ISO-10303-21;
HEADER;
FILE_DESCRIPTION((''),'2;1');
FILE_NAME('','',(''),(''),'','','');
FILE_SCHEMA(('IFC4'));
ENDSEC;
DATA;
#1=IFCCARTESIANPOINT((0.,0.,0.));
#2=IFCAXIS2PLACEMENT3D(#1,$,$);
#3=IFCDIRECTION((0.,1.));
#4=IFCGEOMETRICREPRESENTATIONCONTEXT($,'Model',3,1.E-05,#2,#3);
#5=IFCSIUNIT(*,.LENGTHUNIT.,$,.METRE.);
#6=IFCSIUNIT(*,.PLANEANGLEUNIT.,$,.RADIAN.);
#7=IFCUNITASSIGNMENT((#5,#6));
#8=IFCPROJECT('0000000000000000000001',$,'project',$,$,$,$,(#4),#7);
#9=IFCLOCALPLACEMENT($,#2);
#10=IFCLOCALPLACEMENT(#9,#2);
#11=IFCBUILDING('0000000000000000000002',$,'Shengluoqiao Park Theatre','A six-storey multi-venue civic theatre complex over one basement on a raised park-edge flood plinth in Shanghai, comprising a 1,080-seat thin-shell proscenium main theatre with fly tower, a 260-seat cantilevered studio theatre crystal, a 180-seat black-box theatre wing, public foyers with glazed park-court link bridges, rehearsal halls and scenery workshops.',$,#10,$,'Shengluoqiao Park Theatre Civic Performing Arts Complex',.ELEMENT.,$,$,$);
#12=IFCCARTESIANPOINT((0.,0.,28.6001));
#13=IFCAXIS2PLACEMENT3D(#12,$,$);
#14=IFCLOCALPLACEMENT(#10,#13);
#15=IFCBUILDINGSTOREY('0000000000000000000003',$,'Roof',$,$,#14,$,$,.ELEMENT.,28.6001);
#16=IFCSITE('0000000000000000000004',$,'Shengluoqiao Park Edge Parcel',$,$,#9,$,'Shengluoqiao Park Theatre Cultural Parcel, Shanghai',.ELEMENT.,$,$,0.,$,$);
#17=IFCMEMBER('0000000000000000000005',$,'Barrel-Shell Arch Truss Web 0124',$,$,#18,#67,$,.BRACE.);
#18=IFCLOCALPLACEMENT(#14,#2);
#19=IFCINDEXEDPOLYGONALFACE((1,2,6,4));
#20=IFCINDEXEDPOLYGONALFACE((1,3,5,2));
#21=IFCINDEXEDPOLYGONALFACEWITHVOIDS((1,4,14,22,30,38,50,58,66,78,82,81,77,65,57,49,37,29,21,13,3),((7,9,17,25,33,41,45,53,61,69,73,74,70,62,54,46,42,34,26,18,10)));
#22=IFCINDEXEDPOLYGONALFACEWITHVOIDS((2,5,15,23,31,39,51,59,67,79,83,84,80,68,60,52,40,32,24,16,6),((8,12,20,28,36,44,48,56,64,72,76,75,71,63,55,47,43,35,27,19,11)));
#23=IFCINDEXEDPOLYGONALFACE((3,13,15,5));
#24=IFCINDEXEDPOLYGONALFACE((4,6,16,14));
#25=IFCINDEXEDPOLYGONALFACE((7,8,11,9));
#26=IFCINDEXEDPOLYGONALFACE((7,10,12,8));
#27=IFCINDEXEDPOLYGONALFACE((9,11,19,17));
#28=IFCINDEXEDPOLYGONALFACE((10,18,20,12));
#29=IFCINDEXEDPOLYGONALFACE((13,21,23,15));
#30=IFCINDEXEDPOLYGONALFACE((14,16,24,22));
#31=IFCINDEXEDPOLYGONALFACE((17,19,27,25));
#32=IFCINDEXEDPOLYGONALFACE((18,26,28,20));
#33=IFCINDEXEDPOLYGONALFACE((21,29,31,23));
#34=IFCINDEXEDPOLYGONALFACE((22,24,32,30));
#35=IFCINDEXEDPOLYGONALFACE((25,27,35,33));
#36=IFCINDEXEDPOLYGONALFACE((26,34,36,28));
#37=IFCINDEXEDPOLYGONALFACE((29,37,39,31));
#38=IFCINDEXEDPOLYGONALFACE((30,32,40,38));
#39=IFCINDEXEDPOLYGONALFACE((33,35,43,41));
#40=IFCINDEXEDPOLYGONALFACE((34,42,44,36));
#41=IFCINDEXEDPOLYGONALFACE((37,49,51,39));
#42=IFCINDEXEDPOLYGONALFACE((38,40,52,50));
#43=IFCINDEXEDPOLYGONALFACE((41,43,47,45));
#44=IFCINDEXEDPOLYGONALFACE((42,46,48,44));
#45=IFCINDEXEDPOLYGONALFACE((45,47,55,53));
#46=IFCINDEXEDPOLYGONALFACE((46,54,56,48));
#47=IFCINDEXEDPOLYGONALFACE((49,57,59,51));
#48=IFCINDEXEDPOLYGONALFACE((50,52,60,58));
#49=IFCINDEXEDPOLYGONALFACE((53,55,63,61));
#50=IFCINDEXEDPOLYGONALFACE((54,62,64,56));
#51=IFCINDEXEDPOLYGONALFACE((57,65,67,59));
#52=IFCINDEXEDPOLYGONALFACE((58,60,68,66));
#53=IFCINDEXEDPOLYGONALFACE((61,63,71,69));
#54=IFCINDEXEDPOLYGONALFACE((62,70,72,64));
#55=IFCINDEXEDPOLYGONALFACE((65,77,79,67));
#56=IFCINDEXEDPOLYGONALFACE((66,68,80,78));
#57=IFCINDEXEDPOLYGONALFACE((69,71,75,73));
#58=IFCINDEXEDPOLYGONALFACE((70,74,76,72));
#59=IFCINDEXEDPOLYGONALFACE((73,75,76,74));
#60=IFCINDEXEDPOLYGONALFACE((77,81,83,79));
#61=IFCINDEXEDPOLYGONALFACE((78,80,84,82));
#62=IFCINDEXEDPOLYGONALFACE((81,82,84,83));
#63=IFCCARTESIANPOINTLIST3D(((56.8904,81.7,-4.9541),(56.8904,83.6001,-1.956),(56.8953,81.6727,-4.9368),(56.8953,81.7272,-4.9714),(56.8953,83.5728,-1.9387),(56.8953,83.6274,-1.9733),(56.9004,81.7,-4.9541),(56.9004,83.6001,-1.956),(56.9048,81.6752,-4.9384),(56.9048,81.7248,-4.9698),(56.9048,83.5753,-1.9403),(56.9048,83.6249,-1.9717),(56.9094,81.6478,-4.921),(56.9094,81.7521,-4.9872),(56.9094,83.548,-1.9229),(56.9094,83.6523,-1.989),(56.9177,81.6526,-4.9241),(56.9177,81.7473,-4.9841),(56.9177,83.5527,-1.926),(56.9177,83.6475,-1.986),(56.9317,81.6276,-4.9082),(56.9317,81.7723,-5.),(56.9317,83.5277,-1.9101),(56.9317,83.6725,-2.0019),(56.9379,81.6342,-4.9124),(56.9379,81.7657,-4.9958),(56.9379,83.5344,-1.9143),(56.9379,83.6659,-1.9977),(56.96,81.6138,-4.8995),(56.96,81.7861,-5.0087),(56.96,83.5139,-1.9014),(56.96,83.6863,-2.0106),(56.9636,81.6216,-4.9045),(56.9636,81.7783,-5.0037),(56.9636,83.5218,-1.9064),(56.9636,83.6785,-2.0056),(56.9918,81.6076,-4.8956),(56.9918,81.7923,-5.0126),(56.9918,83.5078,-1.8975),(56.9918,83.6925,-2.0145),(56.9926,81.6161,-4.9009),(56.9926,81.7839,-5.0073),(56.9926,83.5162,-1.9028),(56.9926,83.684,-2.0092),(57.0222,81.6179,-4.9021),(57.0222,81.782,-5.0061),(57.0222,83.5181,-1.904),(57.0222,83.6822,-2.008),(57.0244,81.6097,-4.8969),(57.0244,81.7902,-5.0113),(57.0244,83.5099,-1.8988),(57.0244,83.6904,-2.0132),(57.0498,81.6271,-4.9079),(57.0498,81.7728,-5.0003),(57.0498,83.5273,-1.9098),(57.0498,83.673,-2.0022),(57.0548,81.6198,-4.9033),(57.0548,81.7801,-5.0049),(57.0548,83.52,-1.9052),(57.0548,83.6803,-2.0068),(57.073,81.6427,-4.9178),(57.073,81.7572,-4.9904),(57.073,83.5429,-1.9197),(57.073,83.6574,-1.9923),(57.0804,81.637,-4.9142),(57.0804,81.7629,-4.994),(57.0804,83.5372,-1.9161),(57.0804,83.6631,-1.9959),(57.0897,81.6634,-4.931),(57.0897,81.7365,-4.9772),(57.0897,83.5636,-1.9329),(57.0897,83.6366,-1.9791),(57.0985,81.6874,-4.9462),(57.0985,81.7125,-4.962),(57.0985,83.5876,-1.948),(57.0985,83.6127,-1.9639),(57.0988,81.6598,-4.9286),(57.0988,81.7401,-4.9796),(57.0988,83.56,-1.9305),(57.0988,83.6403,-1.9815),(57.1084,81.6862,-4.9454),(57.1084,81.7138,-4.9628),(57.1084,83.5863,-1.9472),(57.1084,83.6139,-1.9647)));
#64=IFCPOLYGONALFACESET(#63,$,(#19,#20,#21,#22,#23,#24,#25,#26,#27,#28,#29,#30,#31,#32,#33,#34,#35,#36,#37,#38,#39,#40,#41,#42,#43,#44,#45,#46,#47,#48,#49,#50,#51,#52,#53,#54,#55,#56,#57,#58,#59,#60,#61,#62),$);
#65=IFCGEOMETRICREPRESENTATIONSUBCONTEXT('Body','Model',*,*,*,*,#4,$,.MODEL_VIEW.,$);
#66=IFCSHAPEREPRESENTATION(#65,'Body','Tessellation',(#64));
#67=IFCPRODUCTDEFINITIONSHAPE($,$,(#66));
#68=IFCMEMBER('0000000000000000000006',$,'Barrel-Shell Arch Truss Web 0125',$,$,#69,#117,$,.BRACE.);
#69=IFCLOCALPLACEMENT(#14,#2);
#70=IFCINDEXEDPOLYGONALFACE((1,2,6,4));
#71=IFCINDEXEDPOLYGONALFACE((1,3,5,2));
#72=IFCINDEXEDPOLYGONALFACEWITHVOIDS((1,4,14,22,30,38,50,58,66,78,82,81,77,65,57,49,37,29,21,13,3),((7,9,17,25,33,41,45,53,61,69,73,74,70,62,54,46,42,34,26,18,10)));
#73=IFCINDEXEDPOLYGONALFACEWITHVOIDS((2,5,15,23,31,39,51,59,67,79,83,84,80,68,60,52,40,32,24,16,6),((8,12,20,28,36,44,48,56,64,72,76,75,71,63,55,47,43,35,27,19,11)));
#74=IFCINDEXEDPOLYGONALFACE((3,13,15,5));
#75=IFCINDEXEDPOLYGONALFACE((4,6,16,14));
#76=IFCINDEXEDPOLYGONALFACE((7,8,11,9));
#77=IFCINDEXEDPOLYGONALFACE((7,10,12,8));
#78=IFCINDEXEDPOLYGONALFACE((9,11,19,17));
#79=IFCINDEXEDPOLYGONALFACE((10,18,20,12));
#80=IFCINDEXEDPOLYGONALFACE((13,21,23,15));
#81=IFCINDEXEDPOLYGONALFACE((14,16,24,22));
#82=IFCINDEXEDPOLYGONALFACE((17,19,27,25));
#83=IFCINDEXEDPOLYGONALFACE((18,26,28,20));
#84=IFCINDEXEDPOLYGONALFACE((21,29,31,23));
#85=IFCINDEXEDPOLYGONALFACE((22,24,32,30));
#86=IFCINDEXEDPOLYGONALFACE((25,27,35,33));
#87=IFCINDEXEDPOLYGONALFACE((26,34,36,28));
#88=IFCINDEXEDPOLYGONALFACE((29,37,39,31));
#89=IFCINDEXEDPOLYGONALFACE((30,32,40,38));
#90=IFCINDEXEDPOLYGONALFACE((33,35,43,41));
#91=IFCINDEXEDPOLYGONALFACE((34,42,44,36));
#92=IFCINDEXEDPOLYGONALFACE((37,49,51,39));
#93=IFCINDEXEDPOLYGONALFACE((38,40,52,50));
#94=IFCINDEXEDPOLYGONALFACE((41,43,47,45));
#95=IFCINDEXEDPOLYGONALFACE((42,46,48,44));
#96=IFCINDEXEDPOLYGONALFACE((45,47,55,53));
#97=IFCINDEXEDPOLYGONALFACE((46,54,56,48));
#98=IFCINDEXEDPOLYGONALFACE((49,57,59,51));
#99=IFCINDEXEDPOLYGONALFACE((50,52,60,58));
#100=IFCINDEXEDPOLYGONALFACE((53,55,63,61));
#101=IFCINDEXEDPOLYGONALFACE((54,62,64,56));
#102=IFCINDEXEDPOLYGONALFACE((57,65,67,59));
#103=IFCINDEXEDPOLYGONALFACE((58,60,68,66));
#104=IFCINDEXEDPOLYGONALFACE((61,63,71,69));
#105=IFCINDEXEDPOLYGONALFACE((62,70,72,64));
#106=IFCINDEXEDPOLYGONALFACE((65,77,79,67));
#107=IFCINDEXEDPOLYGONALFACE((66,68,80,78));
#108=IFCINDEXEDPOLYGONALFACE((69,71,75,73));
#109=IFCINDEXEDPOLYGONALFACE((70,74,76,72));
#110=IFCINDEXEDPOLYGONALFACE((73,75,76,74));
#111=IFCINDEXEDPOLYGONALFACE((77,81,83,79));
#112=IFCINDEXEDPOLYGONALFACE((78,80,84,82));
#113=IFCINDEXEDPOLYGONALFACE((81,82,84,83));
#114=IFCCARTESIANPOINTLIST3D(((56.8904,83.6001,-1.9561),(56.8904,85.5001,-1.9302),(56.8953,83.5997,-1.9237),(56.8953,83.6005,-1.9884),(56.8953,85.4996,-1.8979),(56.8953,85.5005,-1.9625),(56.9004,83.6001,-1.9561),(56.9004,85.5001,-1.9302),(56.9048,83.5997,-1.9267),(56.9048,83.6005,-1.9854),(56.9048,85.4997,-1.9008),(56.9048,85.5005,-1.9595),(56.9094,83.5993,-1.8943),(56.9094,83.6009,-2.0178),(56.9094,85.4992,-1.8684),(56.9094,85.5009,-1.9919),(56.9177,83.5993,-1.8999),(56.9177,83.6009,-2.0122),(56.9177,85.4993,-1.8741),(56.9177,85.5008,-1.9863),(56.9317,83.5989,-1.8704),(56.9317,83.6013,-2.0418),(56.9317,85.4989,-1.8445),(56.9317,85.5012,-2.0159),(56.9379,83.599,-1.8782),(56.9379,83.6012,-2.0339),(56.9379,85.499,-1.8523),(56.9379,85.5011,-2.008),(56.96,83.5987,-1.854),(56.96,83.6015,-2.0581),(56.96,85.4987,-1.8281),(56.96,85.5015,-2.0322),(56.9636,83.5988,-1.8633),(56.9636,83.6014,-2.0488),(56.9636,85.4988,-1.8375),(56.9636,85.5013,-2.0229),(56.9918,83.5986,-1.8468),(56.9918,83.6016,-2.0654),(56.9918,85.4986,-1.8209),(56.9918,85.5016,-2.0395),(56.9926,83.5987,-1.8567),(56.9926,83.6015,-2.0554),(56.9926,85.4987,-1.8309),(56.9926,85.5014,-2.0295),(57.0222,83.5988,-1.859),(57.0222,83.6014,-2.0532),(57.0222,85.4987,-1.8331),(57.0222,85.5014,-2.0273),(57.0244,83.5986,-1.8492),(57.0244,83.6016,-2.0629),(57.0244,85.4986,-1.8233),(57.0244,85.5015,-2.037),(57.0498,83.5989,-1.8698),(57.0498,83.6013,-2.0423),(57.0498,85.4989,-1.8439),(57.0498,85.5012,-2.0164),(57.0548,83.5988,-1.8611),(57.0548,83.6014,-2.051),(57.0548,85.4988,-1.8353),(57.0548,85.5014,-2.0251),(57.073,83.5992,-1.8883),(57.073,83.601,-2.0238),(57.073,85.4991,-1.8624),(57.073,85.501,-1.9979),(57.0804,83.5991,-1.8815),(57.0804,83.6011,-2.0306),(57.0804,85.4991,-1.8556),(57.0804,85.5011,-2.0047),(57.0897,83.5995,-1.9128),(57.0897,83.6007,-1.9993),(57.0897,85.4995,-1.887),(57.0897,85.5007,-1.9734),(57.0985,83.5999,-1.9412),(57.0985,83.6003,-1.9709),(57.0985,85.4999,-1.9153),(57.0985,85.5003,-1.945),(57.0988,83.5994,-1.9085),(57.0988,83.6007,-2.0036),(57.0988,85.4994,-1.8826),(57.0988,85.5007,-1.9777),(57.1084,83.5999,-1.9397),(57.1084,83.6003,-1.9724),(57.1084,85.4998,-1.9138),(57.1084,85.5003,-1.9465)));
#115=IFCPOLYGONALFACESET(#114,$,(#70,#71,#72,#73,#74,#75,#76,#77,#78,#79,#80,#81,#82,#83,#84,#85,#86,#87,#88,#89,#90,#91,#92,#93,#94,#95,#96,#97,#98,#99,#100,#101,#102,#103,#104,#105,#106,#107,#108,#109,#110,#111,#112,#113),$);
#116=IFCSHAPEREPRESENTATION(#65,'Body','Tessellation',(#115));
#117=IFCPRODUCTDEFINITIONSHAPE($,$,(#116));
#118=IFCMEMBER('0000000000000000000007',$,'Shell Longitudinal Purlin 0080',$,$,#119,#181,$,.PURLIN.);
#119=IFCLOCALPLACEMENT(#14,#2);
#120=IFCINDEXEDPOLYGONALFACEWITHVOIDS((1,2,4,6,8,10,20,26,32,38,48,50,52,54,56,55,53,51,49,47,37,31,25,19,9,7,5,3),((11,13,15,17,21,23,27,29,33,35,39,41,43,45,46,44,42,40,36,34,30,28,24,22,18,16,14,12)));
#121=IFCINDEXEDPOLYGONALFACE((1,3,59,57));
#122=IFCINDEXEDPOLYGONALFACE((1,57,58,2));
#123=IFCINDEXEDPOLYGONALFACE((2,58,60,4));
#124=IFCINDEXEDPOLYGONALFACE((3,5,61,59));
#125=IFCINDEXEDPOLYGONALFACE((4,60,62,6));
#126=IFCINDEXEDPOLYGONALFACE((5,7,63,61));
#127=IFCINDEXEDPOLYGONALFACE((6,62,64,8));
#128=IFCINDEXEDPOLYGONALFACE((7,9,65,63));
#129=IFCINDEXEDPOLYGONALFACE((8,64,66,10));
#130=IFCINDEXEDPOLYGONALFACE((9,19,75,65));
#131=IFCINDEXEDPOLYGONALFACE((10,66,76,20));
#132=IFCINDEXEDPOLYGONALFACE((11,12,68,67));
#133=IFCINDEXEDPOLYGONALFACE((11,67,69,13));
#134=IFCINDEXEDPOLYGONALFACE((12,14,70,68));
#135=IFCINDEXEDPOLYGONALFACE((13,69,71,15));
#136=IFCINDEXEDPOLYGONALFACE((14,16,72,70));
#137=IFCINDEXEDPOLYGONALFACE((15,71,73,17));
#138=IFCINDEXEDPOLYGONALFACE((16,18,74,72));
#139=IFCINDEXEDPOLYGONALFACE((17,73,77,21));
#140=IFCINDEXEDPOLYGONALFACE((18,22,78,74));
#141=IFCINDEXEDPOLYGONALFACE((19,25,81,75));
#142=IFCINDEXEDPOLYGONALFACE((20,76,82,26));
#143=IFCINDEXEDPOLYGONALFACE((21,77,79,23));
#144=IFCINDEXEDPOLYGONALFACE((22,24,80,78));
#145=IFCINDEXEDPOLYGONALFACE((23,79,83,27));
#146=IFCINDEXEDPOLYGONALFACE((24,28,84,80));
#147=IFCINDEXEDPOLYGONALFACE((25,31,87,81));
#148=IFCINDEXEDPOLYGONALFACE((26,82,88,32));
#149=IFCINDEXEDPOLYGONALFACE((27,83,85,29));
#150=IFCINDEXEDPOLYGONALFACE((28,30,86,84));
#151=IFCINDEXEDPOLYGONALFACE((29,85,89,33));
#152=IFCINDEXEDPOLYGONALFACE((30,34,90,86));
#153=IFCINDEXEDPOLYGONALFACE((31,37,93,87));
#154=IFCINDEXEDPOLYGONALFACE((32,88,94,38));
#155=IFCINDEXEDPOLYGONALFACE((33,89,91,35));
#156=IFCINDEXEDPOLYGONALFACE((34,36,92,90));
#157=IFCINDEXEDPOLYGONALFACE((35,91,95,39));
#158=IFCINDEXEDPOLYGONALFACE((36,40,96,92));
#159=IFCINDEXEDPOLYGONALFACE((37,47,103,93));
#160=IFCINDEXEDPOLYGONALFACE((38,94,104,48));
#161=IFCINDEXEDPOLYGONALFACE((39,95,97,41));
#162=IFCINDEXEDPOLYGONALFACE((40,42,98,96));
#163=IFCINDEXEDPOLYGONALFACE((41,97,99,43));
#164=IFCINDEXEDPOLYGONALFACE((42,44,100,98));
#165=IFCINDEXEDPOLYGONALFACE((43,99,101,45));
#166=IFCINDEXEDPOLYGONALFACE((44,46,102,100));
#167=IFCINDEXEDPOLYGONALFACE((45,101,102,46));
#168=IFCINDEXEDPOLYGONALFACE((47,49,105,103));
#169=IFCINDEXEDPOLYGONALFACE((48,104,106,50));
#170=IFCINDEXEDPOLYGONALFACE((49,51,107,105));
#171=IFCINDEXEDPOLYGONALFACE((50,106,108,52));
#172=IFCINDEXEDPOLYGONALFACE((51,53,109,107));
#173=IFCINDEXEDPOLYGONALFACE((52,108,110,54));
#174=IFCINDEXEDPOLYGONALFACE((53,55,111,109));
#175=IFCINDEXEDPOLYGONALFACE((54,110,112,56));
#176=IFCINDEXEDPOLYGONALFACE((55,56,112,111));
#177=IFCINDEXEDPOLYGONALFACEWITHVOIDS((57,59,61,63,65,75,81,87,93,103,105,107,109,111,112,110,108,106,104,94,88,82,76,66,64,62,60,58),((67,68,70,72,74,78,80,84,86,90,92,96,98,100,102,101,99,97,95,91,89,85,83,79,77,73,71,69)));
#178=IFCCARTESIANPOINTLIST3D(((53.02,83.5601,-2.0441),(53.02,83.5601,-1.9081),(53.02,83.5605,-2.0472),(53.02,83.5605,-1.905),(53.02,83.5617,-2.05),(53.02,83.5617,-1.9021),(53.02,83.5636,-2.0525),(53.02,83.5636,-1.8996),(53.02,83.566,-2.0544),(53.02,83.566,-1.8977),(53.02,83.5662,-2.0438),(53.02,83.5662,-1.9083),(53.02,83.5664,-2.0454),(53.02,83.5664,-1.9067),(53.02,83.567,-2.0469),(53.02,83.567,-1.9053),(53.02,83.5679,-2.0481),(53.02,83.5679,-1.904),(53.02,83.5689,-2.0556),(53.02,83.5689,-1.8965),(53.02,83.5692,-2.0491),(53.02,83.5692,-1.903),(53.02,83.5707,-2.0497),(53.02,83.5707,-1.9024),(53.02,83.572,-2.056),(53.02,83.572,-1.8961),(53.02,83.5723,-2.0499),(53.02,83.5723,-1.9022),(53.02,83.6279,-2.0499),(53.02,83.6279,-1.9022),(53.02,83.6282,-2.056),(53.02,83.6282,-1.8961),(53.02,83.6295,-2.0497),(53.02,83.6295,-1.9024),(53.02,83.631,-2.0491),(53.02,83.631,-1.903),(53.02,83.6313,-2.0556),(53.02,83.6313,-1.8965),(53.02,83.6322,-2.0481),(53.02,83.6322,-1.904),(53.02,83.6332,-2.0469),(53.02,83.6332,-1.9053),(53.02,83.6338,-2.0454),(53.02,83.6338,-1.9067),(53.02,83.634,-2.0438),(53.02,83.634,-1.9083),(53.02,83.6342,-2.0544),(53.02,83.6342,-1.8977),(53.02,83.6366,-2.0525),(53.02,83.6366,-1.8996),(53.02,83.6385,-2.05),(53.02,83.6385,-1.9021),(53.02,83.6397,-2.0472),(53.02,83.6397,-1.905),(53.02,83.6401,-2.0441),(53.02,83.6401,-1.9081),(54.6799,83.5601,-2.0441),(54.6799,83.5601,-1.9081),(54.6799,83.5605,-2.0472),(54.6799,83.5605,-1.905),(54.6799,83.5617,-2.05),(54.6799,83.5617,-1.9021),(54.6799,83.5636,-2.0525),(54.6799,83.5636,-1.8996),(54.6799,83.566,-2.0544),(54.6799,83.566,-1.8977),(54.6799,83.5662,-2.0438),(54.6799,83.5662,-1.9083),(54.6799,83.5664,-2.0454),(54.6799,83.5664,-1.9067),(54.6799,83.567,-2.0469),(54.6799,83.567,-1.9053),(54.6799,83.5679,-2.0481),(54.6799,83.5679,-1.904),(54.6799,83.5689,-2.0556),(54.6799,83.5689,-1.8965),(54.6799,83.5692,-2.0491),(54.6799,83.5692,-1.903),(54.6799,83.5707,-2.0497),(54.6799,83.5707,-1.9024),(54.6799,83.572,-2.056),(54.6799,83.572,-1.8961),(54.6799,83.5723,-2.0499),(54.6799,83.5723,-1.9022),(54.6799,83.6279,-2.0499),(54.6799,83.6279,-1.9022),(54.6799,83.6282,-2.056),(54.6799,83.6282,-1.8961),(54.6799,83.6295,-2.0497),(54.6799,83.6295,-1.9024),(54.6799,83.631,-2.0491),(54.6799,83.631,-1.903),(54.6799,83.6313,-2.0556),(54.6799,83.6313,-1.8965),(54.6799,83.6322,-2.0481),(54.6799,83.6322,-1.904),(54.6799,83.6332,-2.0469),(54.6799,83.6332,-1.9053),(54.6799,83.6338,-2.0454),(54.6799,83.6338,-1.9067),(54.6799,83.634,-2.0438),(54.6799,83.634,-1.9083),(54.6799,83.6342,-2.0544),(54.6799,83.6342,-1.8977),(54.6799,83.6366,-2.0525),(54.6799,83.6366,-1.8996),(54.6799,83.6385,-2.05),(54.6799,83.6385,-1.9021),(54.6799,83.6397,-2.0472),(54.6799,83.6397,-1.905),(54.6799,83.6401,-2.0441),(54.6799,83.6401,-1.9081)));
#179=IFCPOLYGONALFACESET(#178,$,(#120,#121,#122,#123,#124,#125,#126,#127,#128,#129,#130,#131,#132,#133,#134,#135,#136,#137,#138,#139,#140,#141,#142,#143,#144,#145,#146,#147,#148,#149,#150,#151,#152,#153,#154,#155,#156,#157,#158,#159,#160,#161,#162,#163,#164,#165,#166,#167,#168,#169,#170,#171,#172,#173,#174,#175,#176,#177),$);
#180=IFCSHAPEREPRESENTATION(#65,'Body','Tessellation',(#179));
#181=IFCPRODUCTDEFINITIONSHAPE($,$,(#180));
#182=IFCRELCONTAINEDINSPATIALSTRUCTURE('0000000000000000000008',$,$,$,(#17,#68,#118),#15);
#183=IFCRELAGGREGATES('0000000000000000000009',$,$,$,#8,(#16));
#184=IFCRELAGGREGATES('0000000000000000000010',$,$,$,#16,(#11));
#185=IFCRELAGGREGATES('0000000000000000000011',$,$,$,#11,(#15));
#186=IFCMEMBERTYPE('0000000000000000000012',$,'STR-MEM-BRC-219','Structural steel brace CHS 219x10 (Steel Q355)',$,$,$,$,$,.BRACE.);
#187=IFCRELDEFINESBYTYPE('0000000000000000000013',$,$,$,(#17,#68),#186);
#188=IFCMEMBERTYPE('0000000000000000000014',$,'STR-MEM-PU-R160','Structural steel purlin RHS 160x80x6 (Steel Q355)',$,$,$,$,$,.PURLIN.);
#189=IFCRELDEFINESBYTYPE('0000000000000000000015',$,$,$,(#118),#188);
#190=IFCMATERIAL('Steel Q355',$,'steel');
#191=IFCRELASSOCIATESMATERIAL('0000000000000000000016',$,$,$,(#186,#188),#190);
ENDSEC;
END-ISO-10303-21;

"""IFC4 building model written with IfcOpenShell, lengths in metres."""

from ifc_helpers import new_model, si_unit, direction, frame, origin, origin_2d, place, context, subcontext, project, spatial, hollow_rectangle, hollow_circle, extrude, material, material_profile, profile_set, type_object, element, save


model = new_model("IFC4")

# Units and contexts
model_context = context("Model", 3, precision=1e-05, world=origin(), true_north=direction((0.0, 1.0)))
body_context = subcontext(model_context, "Body", "Model", "MODEL_VIEW")
ifc_project = project(units=[si_unit("LENGTHUNIT", "METRE"), si_unit("PLANEANGLEUNIT", "RADIAN")], contexts=[model_context])

# Site, building, storey
site_placement = place(None, origin())
site = spatial("IfcSite", under=ifc_project, at=site_placement, Name="Shengluoqiao Park Edge Parcel", LongName="Shengluoqiao Park Theatre Cultural Parcel, Shanghai", CompositionType="ELEMENT", RefElevation=0.0)
building_placement = place(site_placement, origin())
building = spatial("IfcBuilding", under=site, at=building_placement, Name="Shengluoqiao Park Theatre", Description="A six-storey multi-venue civic theatre complex over one basement on a raised park-edge flood plinth in Shanghai, comprising a 1,080-seat thin-shell proscenium main theatre with fly tower, a 260-seat cantilevered studio theatre crystal, a 180-seat black-box theatre wing, public foyers with glazed park-court link bridges, rehearsal halls and scenery workshops.", LongName="Shengluoqiao Park Theatre Civic Performing Arts Complex", CompositionType="ELEMENT")
storey_placement = place(building_placement, frame((0.0, 0.0, 28.6001)))
storey = spatial("IfcBuildingStorey", under=building, at=storey_placement, Name="Roof", CompositionType="ELEMENT", Elevation=28.6001)

# Shared definitions
ifc_material_1 = material(Name="Steel Q355", Category="steel")

# Members
ifc_material_profile_1 = material_profile(ifc_material_1, hollow_circle(Radius=0.1096, WallThickness=0.01, at=origin_2d()), Name="CHS 219x10")
ifc_profile_set_1 = profile_set([ifc_material_profile_1], Name="Steel Q355")
member_type_1 = type_object("IfcMemberType", Name="STR-MEM-BRC-219", Description="Structural steel brace CHS 219x10 (Steel Q355)", PredefinedType="BRACE", material=ifc_profile_set_1)
member_1_placement = place(storey_placement, frame((57.0, 81.7, -4.9541), z_axis=(0.0, 0.53533, 0.844643), x_axis=(-1.0, 0.0, 0.0)))
element("IfcMember", 1, at=member_1_placement, inside=storey, type_object=member_type_1, Name="Barrel-Shell Arch Truss Web 0124", PredefinedType="BRACE", context=body_context, shape_type="SweptSolid", body=[
    extrude(hollow_circle(Radius=0.1096, WallThickness=0.01, at=origin_2d()), origin(), (0.0, 0.0, 1.0), 3.5496),
])
member_2_placement = place(storey_placement, frame((57.0, 83.6001, -1.9561), z_axis=(0.0, 0.999907, 0.01362), x_axis=(-1.0, 0.0, 0.0)))
element("IfcMember", 2, at=member_2_placement, inside=storey, type_object=member_type_1, Name="Barrel-Shell Arch Truss Web 0125", PredefinedType="BRACE", context=body_context, shape_type="SweptSolid", body=[
    extrude(hollow_circle(Radius=0.1096, WallThickness=0.01, at=origin_2d()), origin(), (0.0, 0.0, 1.0), 1.9001),
])
ifc_material_profile_2 = material_profile(ifc_material_1, hollow_rectangle(XDim=0.0801, YDim=0.1599, WallThickness=0.0061, InnerFilletRadius=0.0061, OuterFilletRadius=0.012, at=origin_2d()), Name="RHS 160x80x6")
ifc_profile_set_2 = profile_set([ifc_material_profile_2], Name="Steel Q355")
member_type_2 = type_object("IfcMemberType", Name="STR-MEM-PU-R160", Description="Structural steel purlin RHS 160x80x6 (Steel Q355)", PredefinedType="PURLIN", material=ifc_profile_set_2)
for number, where, z_axis, x_axis, name in (
    (3, (53.02, 83.6001, -1.9761), (1.0, 0.0, 0.0), (0.0, 1.0, 0.0), "Shell Longitudinal Purlin 0080"),
):
    element("IfcMember", number, at=place(storey_placement, frame(where, z_axis=z_axis, x_axis=x_axis)), inside=storey, type_object=member_type_2, Name=name, PredefinedType="PURLIN", context=body_context, shape_type="SweptSolid", body=[
        extrude(hollow_rectangle(XDim=0.0801, YDim=0.1599, WallThickness=0.0061, InnerFilletRadius=0.0061, OuterFilletRadius=0.012, at=origin_2d()), origin(), (0.0, 0.0, 1.0), 1.6599),
    ])

save(model, "model.ifc")
